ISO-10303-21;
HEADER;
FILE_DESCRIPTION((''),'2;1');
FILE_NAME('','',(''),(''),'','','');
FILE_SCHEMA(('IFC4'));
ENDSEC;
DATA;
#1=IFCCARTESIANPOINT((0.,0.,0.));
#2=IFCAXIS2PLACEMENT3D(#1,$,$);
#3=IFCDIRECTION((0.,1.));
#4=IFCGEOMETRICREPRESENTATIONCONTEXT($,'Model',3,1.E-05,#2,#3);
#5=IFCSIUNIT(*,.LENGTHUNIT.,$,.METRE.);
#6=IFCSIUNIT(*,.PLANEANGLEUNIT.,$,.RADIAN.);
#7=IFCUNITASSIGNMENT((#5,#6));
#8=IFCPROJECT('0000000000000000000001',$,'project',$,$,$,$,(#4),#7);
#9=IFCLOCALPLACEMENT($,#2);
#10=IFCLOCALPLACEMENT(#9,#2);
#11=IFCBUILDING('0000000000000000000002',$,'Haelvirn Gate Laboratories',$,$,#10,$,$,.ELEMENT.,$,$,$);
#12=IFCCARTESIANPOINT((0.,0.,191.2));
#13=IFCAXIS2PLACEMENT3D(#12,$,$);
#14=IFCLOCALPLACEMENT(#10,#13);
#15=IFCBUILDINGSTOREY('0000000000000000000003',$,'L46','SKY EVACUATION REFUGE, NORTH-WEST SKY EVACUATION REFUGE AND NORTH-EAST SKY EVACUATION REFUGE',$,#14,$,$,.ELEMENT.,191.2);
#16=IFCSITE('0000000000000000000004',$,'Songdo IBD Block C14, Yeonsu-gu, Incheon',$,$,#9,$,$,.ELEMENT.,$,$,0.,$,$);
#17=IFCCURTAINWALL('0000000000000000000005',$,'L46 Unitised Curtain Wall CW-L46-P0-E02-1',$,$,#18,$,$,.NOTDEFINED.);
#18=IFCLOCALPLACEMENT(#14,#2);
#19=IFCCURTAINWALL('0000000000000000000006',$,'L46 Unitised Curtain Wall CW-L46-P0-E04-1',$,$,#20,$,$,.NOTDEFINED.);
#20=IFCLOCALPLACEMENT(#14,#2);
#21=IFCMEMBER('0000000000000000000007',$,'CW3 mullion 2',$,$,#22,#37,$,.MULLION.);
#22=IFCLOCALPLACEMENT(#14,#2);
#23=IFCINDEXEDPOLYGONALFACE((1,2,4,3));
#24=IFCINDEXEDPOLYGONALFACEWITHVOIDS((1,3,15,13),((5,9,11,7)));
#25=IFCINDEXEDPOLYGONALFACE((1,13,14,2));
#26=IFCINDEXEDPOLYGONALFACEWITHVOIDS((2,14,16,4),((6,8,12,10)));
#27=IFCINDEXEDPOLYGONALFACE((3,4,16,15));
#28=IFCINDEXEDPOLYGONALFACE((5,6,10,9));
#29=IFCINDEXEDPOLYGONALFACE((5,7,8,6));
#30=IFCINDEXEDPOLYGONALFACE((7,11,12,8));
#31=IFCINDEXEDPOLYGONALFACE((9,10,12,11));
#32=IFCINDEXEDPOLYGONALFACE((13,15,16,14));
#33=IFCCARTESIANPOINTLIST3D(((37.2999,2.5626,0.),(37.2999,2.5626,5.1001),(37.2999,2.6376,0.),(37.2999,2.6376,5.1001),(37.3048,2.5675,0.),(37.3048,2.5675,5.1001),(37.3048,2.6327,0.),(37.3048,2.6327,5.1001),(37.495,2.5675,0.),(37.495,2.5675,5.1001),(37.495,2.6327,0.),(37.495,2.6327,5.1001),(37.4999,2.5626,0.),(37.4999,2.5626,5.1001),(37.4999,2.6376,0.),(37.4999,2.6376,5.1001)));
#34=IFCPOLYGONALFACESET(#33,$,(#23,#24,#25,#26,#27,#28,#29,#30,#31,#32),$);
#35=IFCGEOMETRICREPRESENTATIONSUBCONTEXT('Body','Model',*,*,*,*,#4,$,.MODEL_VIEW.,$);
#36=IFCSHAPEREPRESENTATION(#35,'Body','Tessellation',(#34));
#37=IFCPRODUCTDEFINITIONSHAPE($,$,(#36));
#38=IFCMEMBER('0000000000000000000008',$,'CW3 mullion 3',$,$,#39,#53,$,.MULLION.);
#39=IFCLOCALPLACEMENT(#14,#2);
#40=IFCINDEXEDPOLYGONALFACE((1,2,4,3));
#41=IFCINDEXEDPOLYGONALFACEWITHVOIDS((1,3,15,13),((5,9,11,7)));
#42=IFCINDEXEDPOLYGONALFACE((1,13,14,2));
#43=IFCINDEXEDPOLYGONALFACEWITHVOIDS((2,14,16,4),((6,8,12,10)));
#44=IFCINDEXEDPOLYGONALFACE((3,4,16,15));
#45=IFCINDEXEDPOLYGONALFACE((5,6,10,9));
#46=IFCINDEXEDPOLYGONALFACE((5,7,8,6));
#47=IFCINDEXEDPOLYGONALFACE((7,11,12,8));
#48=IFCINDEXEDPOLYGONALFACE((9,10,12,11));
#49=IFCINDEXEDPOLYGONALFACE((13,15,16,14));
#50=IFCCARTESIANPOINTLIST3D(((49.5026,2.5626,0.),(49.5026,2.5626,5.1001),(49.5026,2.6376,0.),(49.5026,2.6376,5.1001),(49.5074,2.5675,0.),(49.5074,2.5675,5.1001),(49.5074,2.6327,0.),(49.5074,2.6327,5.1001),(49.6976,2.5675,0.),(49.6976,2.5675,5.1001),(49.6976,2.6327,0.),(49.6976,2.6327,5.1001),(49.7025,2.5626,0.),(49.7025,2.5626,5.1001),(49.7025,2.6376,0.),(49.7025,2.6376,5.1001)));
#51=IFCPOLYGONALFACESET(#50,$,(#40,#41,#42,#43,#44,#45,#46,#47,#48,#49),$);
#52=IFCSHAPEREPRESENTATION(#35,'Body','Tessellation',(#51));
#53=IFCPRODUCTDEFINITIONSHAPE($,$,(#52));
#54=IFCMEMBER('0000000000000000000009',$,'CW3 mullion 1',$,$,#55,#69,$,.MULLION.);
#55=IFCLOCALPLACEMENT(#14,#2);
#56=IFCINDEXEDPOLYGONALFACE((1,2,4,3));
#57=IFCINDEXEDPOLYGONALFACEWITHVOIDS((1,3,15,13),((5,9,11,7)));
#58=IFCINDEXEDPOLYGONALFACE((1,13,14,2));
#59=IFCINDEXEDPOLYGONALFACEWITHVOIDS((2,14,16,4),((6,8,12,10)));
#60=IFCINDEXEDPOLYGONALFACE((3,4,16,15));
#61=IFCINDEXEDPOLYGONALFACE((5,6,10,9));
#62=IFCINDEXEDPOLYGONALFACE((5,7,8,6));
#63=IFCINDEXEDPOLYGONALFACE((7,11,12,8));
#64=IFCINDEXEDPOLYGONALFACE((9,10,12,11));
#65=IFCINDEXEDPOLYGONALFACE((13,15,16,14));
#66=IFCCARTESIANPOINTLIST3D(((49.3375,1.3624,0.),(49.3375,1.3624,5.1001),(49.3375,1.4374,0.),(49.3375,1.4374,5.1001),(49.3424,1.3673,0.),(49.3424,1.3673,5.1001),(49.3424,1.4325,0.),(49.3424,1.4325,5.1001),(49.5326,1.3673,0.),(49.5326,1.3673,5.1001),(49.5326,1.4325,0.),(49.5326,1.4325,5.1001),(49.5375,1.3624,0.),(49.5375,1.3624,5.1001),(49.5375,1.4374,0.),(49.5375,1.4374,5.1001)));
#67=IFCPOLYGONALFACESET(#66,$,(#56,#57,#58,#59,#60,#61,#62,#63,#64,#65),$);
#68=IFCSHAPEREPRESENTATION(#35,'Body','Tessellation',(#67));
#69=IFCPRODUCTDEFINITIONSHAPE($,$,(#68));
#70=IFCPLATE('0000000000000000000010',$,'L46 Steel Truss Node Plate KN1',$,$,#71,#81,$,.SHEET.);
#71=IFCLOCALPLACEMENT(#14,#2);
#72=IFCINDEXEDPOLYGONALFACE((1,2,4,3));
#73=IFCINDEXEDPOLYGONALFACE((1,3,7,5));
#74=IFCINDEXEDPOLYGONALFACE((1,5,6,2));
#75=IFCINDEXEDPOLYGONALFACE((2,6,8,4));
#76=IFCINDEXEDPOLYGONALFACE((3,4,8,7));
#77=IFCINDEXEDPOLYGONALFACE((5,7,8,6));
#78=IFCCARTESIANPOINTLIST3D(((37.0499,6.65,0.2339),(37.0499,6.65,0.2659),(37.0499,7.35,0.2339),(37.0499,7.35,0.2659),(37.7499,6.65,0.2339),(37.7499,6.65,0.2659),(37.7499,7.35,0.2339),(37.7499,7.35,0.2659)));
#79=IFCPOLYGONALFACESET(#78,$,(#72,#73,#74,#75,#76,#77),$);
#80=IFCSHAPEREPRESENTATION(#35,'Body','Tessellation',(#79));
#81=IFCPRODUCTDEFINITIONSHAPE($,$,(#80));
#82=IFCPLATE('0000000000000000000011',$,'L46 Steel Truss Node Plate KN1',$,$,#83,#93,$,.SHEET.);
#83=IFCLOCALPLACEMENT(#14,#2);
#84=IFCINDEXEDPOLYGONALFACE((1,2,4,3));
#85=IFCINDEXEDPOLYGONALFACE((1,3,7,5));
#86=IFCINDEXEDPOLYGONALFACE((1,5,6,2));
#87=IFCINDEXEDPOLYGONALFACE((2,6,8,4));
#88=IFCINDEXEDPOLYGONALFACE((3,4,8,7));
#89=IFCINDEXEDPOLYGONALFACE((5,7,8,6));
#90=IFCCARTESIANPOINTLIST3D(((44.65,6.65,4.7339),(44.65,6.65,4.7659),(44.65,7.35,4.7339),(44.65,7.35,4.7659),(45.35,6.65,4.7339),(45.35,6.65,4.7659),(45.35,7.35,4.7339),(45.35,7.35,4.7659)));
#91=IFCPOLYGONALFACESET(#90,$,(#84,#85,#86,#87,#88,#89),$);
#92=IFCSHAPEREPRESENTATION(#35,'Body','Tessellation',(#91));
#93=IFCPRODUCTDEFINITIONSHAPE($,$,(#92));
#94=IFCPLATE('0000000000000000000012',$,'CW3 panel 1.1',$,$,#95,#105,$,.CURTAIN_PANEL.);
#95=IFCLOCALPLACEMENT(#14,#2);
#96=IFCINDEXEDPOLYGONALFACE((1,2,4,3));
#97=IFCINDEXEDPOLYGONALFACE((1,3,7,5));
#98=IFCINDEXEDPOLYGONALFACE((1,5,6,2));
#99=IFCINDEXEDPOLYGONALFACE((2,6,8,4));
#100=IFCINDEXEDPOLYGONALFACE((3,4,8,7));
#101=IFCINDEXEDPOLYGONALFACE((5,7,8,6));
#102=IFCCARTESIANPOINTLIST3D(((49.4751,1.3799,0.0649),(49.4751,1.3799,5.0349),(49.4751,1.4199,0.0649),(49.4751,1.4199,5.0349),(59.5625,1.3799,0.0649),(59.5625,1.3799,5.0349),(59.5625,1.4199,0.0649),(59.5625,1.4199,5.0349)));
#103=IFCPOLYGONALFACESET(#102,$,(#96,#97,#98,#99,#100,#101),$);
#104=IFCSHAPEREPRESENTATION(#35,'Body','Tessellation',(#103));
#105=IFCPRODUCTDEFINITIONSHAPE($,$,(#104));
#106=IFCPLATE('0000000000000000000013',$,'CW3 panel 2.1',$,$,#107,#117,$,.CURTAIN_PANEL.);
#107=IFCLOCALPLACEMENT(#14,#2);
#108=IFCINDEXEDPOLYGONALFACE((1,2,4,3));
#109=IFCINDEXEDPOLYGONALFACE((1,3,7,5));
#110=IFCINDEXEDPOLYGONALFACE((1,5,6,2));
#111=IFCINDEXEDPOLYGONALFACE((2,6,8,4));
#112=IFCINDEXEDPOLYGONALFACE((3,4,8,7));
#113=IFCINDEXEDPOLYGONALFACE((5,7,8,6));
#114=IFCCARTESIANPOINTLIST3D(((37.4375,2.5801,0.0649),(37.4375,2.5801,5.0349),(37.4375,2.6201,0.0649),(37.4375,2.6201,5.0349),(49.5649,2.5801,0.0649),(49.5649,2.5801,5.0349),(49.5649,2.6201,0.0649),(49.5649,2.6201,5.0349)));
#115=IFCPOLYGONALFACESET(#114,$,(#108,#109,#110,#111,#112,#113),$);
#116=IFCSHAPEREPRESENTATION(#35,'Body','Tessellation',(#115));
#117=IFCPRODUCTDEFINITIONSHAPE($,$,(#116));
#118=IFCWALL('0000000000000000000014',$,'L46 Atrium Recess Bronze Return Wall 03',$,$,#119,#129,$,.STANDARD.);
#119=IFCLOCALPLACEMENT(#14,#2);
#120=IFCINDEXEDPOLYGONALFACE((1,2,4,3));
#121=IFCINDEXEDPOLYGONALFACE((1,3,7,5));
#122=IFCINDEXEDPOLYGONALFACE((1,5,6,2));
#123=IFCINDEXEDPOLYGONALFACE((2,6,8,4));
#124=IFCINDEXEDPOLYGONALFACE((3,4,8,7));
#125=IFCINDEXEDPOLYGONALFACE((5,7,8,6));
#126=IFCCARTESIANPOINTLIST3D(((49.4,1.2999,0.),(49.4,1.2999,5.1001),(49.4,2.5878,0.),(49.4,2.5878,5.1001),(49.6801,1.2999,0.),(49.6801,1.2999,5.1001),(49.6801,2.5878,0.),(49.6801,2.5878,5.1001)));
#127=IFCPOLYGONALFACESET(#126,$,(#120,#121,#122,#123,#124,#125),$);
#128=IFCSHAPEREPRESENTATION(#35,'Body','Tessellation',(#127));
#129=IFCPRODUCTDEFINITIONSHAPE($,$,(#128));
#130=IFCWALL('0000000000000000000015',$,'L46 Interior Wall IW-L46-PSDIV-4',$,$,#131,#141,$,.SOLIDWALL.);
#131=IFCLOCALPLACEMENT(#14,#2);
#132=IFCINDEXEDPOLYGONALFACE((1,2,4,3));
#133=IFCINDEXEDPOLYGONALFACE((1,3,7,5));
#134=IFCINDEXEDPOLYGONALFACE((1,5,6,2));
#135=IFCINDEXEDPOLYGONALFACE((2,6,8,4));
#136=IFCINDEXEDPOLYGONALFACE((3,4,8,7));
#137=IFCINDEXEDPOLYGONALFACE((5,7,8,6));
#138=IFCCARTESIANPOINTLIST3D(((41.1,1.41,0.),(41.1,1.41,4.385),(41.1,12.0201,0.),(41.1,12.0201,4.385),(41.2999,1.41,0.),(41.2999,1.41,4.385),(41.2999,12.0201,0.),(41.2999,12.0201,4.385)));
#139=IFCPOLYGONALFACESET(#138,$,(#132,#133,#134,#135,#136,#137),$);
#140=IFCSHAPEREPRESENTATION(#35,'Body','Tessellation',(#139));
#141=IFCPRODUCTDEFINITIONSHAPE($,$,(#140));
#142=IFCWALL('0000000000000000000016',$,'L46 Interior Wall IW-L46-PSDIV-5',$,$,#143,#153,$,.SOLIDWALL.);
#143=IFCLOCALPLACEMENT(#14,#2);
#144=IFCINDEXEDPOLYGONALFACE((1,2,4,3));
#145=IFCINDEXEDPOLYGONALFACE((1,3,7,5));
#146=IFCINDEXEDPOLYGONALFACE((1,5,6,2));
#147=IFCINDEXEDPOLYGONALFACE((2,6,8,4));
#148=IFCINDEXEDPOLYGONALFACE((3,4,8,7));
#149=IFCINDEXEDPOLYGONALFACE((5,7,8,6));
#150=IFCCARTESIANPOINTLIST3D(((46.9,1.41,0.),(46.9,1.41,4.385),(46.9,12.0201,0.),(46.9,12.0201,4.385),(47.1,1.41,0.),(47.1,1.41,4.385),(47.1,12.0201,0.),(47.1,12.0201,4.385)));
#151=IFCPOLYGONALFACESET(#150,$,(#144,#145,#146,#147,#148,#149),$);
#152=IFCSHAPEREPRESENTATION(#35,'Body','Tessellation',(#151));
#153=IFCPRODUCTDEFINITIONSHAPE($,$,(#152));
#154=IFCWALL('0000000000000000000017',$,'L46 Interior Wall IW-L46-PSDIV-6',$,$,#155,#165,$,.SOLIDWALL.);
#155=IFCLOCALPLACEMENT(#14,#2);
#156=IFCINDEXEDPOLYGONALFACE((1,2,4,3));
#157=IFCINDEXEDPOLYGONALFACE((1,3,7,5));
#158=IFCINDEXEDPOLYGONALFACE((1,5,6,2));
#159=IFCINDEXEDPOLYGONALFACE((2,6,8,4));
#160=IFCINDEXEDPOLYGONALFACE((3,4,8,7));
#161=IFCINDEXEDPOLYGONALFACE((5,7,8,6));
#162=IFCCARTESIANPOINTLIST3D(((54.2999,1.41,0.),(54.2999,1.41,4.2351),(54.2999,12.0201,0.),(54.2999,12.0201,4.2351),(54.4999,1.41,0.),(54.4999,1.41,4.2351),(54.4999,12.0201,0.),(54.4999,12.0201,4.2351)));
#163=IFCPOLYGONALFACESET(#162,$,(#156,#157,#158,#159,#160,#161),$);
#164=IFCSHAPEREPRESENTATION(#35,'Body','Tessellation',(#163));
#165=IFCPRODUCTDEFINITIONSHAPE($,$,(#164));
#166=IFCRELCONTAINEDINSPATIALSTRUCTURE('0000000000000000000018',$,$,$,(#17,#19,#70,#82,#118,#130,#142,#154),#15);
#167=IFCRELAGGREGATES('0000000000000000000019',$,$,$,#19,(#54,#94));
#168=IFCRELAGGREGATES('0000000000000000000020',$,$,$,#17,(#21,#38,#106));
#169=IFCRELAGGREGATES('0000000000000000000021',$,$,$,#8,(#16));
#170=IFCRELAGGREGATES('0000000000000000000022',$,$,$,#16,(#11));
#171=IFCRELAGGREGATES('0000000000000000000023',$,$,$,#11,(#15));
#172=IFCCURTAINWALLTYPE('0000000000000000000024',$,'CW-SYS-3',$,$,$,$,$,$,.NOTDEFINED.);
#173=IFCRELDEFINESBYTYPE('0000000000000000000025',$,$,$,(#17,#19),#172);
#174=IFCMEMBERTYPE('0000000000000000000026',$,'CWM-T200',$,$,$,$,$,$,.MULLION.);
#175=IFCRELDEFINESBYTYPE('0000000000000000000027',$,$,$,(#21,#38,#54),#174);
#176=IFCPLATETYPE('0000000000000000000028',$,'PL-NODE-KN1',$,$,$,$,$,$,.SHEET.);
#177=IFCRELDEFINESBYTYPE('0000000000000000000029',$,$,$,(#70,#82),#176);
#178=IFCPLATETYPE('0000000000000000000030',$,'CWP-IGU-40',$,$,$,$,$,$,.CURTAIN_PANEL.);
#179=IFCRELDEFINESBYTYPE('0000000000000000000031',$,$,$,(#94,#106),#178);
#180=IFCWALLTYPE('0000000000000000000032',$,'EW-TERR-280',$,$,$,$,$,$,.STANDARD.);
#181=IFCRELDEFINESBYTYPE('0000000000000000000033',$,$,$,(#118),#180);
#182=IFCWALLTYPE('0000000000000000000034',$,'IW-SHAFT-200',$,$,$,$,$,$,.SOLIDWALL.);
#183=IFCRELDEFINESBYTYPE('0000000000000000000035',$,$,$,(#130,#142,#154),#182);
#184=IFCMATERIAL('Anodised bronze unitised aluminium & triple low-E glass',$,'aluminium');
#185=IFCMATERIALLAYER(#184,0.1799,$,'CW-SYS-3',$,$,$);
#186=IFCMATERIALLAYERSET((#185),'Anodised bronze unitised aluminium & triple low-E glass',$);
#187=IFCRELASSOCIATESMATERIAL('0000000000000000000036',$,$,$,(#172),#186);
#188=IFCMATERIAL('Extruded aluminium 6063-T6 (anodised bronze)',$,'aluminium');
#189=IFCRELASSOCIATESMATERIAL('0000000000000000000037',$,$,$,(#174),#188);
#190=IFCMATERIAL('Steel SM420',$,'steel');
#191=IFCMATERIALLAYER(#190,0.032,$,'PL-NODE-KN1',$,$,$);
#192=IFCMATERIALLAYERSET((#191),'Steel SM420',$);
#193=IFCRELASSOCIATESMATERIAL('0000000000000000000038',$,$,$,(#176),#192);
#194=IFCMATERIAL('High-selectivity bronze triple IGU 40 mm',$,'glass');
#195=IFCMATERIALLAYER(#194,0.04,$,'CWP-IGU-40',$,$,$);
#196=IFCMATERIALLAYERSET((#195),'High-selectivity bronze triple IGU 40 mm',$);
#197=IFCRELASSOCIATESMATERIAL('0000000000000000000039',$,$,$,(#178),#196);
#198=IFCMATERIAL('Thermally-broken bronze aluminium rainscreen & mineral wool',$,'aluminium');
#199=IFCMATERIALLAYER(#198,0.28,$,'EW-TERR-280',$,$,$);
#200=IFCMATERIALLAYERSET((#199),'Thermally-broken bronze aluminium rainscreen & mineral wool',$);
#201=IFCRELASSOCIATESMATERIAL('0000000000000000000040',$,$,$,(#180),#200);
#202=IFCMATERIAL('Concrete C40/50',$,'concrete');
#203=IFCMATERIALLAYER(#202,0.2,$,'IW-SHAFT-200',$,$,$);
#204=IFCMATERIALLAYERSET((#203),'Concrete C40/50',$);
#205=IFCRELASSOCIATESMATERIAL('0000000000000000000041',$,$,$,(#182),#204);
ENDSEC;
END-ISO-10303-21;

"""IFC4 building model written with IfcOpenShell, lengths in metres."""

from ifc_helpers import new_model, si_unit, direction, frame, frame_2d, origin, origin_2d, place, context, subcontext, project, spatial, rectangle, hollow_rectangle, extrude, source, transform, mapped, material, layer, layer_set, material_profile, profile_set, type_object, type_shapes, element, aggregate, save


model = new_model("IFC4")

# Units and contexts
model_context = context("Model", 3, precision=1e-05, world=origin(), true_north=direction((0.0, 1.0)))
body_context = subcontext(model_context, "Body", "Model", "MODEL_VIEW")
ifc_project = project(units=[si_unit("LENGTHUNIT", "METRE"), si_unit("PLANEANGLEUNIT", "RADIAN")], contexts=[model_context])

# Site, building, storey
site_placement = place(None, origin())
site = spatial("IfcSite", under=ifc_project, at=site_placement, Name="Songdo IBD Block C14, Yeonsu-gu, Incheon", CompositionType="ELEMENT", RefElevation=0.0)
building_placement = place(site_placement, origin())
building = spatial("IfcBuilding", under=site, at=building_placement, Name="Haelvirn Gate Laboratories", CompositionType="ELEMENT")
storey_placement = place(building_placement, frame((0.0, 0.0, 191.2)))
storey = spatial("IfcBuildingStorey", under=building, at=storey_placement, Name="L46", Description="SKY EVACUATION REFUGE, NORTH-WEST SKY EVACUATION REFUGE AND NORTH-EAST SKY EVACUATION REFUGE", CompositionType="ELEMENT", Elevation=191.2)

# Curtain walls
ifc_material_1 = material(Name="Anodised bronze unitised aluminium & triple low-E glass", Category="aluminium")
ifc_layer_1 = layer(ifc_material_1, 0.1799, Name="CW-SYS-3")
ifc_layer_set_1 = layer_set([ifc_layer_1], Name="Anodised bronze unitised aluminium & triple low-E glass")
curtain_wall_type = type_object("IfcCurtainWallType", Name="CW-SYS-3", PredefinedType="NOTDEFINED", material=ifc_layer_set_1)
curtain_wall_1_placement = place(storey_placement, origin())
curtain_wall_1 = element("IfcCurtainWall", 1, at=curtain_wall_1_placement, inside=storey, type_object=curtain_wall_type, Name="L46 Unitised Curtain Wall CW-L46-P0-E02-1", PredefinedType="NOTDEFINED")
ifc_material_2 = material(Name="Extruded aluminium 6063-T6 (anodised bronze)", Category="aluminium")
curtain_wall_2_placement = place(storey_placement, origin())
curtain_wall_2 = element("IfcCurtainWall", 2, at=curtain_wall_2_placement, inside=storey, type_object=curtain_wall_type, Name="L46 Unitised Curtain Wall CW-L46-P0-E04-1", PredefinedType="NOTDEFINED")

# Members
ifc_material_profile_1 = material_profile(ifc_material_2, hollow_rectangle(XDim=0.075, YDim=0.2, WallThickness=0.0049, at=origin_2d()), Name="CWM-200x75x5")
ifc_profile_set_1 = profile_set([ifc_material_profile_1], Name="Extruded aluminium 6063-T6 (anodised bronze)")
member_type_1 = type_object("IfcMemberType", Name="CWM-T200", PredefinedType="MULLION", material=ifc_profile_set_1)
shared_shape_1 = source(origin(), body_context, "Body", "SweptSolid", [
    extrude(hollow_rectangle(XDim=0.075, YDim=0.2, WallThickness=0.0049, at=origin_2d()), origin(), (0.0, 0.0, 1.0), 5.1001),
])
type_shapes(member_type_1, [shared_shape_1])
member_1_placement = place(storey_placement, frame((37.3999, 2.6001, 0.0), z_axis=(0.0, 0.0, 1.0), x_axis=(0.0, 1.0, 0.0)))
member_1 = element("IfcMember", 3, at=member_1_placement, type_object=member_type_1, Name="CW3 mullion 2", PredefinedType="MULLION", context=body_context, shape_type="MappedRepresentation", body=[
    mapped(shared_shape_1, transform((0.0, 0.0, 0.0), scale=1.0)),
])
member_2_placement = place(storey_placement, frame((49.6025, 2.6001, 0.0), z_axis=(0.0, 0.0, 1.0), x_axis=(0.0, 1.0, 0.0)))
member_2 = element("IfcMember", 4, at=member_2_placement, type_object=member_type_1, Name="CW3 mullion 3", PredefinedType="MULLION", context=body_context, shape_type="MappedRepresentation", body=[
    mapped(shared_shape_1, transform((0.0, 0.0, 0.0), scale=1.0)),
])
member_3_placement = place(storey_placement, frame((49.4375, 1.3999, 0.0), z_axis=(0.0, 0.0, 1.0), x_axis=(0.0, 1.0, 0.0)))
member_3 = element("IfcMember", 5, at=member_3_placement, type_object=member_type_1, Name="CW3 mullion 1", PredefinedType="MULLION", context=body_context, shape_type="MappedRepresentation", body=[
    mapped(shared_shape_1, transform((0.0, 0.0, 0.0), scale=1.0)),
])

# Plates
ifc_material_3 = material(Name="Steel SM420", Category="steel")
ifc_layer_2 = layer(ifc_material_3, 0.032, Name="PL-NODE-KN1")
ifc_layer_set_2 = layer_set([ifc_layer_2], Name="Steel SM420")
plate_type_1 = type_object("IfcPlateType", Name="PL-NODE-KN1", PredefinedType="SHEET", material=ifc_layer_set_2)
shared_shape_2 = source(origin(), body_context, "Body", "SweptSolid", [
    extrude(rectangle(XDim=0.7, YDim=0.7, at=origin_2d()), origin(), (0.0, 0.0, 1.0), 0.032),
])
type_shapes(plate_type_1, [shared_shape_2])
for number, where, z_axis, x_axis, name in (
    (6, (37.3999, 7.0, 0.2339), (0.0, 0.0, 1.0), (1.0, 0.0, 0.0), "L46 Steel Truss Node Plate KN1"),
    (7, (45.0, 7.0, 4.7339), (0.0, 0.0, 1.0), (1.0, 0.0, 0.0), "L46 Steel Truss Node Plate KN1"),
):
    element("IfcPlate", number, at=place(storey_placement, frame(where, z_axis=z_axis, x_axis=x_axis)), inside=storey, type_object=plate_type_1, Name=name, PredefinedType="SHEET", context=body_context, shape_type="MappedRepresentation", body=[
        mapped(shared_shape_2, transform((0.0, 0.0, 0.0), scale=1.0)),
    ])

# Plates
ifc_material_4 = material(Name="High-selectivity bronze triple IGU 40 mm", Category="glass")
ifc_layer_3 = layer(ifc_material_4, 0.04, Name="CWP-IGU-40")
ifc_layer_set_3 = layer_set([ifc_layer_3], Name="High-selectivity bronze triple IGU 40 mm")
plate_type_2 = type_object("IfcPlateType", Name="CWP-IGU-40", PredefinedType="CURTAIN_PANEL", material=ifc_layer_set_3)
shared_shape_3 = source(origin(), body_context, "Body", "SweptSolid", [
    extrude(rectangle(XDim=10.0874, YDim=0.04, at=origin_2d()), origin(), (0.0, 0.0, 1.0), 4.97),
])
plate_1_placement = place(storey_placement, frame((54.5188, 1.3999, 0.0649), z_axis=(0.0, 0.0, 1.0), x_axis=(1.0, 0.0, 0.0)))
plate_1 = element("IfcPlate", 8, at=plate_1_placement, type_object=plate_type_2, Name="CW3 panel 1.1", PredefinedType="CURTAIN_PANEL", context=body_context, shape_type="MappedRepresentation", body=[
    mapped(shared_shape_3, transform((0.0, 0.0, 0.0), scale=1.0)),
])
aggregate(curtain_wall_2, [member_3, plate_1])
shared_shape_4 = source(origin(), body_context, "Body", "SweptSolid", [
    extrude(rectangle(XDim=12.1274, YDim=0.04, at=origin_2d()), origin(), (0.0, 0.0, 1.0), 4.97),
])
type_shapes(plate_type_2, [shared_shape_3, shared_shape_4])
plate_2_placement = place(storey_placement, frame((43.5012, 2.6001, 0.0649), z_axis=(0.0, 0.0, 1.0), x_axis=(1.0, 0.0, 0.0)))
plate_2 = element("IfcPlate", 9, at=plate_2_placement, type_object=plate_type_2, Name="CW3 panel 2.1", PredefinedType="CURTAIN_PANEL", context=body_context, shape_type="MappedRepresentation", body=[
    mapped(shared_shape_4, transform((0.0, 0.0, 0.0), scale=1.0)),
])
aggregate(curtain_wall_1, [member_1, member_2, plate_2])

# Walls
ifc_material_5 = material(Name="Thermally-broken bronze aluminium rainscreen & mineral wool", Category="aluminium")
ifc_layer_4 = layer(ifc_material_5, 0.28, Name="EW-TERR-280")
ifc_layer_set_4 = layer_set([ifc_layer_4], Name="Thermally-broken bronze aluminium rainscreen & mineral wool")
wall_type_1 = type_object("IfcWallType", Name="EW-TERR-280", PredefinedType="STANDARD", material=ifc_layer_set_4)
wall_1_placement = place(storey_placement, frame((49.54, 2.5879, 0.0), z_axis=(0.0, 0.0, 1.0), x_axis=(0.0, -1.0, 0.0)))
element("IfcWall", 10, at=wall_1_placement, inside=storey, type_object=wall_type_1, Name="L46 Atrium Recess Bronze Return Wall 03", PredefinedType="STANDARD", context=body_context, shape_type="SweptSolid", body=[
    extrude(rectangle(XDim=1.2878, YDim=0.28, at=frame_2d((0.644, 0.0))), origin(), (0.0, 0.0, 1.0), 5.1001),
])
ifc_material_6 = material(Name="Concrete C40/50", Category="concrete")
ifc_layer_5 = layer(ifc_material_6, 0.2, Name="IW-SHAFT-200")
ifc_layer_set_5 = layer_set([ifc_layer_5], Name="Concrete C40/50")
wall_type_2 = type_object("IfcWallType", Name="IW-SHAFT-200", PredefinedType="SOLIDWALL", material=ifc_layer_set_5)
for number, where, z_axis, x_axis, name in (
    (11, (41.2, 1.4099, 0.0), (0.0, 0.0, 1.0), (0.0, 1.0, 0.0), "L46 Interior Wall IW-L46-PSDIV-4"),
    (12, (47.0, 1.4099, 0.0), (0.0, 0.0, 1.0), (0.0, 1.0, 0.0), "L46 Interior Wall IW-L46-PSDIV-5"),
):
    element("IfcWall", number, at=place(storey_placement, frame(where, z_axis=z_axis, x_axis=x_axis)), inside=storey, type_object=wall_type_2, Name=name, PredefinedType="SOLIDWALL", context=body_context, shape_type="SweptSolid", body=[
        extrude(rectangle(XDim=10.6101, YDim=0.2, at=frame_2d((5.3052, 0.0))), origin(), (0.0, 0.0, 1.0), 4.385),
    ])
wall_2_placement = place(storey_placement, frame((54.3999, 1.4099, 0.0), z_axis=(0.0, 0.0, 1.0), x_axis=(0.0, 1.0, 0.0)))
element("IfcWall", 13, at=wall_2_placement, inside=storey, type_object=wall_type_2, Name="L46 Interior Wall IW-L46-PSDIV-6", PredefinedType="SOLIDWALL", context=body_context, shape_type="SweptSolid", body=[
    extrude(rectangle(XDim=10.6101, YDim=0.2, at=frame_2d((5.3052, 0.0))), origin(), (0.0, 0.0, 1.0), 4.2351),
])

save(model, "model.ifc")
